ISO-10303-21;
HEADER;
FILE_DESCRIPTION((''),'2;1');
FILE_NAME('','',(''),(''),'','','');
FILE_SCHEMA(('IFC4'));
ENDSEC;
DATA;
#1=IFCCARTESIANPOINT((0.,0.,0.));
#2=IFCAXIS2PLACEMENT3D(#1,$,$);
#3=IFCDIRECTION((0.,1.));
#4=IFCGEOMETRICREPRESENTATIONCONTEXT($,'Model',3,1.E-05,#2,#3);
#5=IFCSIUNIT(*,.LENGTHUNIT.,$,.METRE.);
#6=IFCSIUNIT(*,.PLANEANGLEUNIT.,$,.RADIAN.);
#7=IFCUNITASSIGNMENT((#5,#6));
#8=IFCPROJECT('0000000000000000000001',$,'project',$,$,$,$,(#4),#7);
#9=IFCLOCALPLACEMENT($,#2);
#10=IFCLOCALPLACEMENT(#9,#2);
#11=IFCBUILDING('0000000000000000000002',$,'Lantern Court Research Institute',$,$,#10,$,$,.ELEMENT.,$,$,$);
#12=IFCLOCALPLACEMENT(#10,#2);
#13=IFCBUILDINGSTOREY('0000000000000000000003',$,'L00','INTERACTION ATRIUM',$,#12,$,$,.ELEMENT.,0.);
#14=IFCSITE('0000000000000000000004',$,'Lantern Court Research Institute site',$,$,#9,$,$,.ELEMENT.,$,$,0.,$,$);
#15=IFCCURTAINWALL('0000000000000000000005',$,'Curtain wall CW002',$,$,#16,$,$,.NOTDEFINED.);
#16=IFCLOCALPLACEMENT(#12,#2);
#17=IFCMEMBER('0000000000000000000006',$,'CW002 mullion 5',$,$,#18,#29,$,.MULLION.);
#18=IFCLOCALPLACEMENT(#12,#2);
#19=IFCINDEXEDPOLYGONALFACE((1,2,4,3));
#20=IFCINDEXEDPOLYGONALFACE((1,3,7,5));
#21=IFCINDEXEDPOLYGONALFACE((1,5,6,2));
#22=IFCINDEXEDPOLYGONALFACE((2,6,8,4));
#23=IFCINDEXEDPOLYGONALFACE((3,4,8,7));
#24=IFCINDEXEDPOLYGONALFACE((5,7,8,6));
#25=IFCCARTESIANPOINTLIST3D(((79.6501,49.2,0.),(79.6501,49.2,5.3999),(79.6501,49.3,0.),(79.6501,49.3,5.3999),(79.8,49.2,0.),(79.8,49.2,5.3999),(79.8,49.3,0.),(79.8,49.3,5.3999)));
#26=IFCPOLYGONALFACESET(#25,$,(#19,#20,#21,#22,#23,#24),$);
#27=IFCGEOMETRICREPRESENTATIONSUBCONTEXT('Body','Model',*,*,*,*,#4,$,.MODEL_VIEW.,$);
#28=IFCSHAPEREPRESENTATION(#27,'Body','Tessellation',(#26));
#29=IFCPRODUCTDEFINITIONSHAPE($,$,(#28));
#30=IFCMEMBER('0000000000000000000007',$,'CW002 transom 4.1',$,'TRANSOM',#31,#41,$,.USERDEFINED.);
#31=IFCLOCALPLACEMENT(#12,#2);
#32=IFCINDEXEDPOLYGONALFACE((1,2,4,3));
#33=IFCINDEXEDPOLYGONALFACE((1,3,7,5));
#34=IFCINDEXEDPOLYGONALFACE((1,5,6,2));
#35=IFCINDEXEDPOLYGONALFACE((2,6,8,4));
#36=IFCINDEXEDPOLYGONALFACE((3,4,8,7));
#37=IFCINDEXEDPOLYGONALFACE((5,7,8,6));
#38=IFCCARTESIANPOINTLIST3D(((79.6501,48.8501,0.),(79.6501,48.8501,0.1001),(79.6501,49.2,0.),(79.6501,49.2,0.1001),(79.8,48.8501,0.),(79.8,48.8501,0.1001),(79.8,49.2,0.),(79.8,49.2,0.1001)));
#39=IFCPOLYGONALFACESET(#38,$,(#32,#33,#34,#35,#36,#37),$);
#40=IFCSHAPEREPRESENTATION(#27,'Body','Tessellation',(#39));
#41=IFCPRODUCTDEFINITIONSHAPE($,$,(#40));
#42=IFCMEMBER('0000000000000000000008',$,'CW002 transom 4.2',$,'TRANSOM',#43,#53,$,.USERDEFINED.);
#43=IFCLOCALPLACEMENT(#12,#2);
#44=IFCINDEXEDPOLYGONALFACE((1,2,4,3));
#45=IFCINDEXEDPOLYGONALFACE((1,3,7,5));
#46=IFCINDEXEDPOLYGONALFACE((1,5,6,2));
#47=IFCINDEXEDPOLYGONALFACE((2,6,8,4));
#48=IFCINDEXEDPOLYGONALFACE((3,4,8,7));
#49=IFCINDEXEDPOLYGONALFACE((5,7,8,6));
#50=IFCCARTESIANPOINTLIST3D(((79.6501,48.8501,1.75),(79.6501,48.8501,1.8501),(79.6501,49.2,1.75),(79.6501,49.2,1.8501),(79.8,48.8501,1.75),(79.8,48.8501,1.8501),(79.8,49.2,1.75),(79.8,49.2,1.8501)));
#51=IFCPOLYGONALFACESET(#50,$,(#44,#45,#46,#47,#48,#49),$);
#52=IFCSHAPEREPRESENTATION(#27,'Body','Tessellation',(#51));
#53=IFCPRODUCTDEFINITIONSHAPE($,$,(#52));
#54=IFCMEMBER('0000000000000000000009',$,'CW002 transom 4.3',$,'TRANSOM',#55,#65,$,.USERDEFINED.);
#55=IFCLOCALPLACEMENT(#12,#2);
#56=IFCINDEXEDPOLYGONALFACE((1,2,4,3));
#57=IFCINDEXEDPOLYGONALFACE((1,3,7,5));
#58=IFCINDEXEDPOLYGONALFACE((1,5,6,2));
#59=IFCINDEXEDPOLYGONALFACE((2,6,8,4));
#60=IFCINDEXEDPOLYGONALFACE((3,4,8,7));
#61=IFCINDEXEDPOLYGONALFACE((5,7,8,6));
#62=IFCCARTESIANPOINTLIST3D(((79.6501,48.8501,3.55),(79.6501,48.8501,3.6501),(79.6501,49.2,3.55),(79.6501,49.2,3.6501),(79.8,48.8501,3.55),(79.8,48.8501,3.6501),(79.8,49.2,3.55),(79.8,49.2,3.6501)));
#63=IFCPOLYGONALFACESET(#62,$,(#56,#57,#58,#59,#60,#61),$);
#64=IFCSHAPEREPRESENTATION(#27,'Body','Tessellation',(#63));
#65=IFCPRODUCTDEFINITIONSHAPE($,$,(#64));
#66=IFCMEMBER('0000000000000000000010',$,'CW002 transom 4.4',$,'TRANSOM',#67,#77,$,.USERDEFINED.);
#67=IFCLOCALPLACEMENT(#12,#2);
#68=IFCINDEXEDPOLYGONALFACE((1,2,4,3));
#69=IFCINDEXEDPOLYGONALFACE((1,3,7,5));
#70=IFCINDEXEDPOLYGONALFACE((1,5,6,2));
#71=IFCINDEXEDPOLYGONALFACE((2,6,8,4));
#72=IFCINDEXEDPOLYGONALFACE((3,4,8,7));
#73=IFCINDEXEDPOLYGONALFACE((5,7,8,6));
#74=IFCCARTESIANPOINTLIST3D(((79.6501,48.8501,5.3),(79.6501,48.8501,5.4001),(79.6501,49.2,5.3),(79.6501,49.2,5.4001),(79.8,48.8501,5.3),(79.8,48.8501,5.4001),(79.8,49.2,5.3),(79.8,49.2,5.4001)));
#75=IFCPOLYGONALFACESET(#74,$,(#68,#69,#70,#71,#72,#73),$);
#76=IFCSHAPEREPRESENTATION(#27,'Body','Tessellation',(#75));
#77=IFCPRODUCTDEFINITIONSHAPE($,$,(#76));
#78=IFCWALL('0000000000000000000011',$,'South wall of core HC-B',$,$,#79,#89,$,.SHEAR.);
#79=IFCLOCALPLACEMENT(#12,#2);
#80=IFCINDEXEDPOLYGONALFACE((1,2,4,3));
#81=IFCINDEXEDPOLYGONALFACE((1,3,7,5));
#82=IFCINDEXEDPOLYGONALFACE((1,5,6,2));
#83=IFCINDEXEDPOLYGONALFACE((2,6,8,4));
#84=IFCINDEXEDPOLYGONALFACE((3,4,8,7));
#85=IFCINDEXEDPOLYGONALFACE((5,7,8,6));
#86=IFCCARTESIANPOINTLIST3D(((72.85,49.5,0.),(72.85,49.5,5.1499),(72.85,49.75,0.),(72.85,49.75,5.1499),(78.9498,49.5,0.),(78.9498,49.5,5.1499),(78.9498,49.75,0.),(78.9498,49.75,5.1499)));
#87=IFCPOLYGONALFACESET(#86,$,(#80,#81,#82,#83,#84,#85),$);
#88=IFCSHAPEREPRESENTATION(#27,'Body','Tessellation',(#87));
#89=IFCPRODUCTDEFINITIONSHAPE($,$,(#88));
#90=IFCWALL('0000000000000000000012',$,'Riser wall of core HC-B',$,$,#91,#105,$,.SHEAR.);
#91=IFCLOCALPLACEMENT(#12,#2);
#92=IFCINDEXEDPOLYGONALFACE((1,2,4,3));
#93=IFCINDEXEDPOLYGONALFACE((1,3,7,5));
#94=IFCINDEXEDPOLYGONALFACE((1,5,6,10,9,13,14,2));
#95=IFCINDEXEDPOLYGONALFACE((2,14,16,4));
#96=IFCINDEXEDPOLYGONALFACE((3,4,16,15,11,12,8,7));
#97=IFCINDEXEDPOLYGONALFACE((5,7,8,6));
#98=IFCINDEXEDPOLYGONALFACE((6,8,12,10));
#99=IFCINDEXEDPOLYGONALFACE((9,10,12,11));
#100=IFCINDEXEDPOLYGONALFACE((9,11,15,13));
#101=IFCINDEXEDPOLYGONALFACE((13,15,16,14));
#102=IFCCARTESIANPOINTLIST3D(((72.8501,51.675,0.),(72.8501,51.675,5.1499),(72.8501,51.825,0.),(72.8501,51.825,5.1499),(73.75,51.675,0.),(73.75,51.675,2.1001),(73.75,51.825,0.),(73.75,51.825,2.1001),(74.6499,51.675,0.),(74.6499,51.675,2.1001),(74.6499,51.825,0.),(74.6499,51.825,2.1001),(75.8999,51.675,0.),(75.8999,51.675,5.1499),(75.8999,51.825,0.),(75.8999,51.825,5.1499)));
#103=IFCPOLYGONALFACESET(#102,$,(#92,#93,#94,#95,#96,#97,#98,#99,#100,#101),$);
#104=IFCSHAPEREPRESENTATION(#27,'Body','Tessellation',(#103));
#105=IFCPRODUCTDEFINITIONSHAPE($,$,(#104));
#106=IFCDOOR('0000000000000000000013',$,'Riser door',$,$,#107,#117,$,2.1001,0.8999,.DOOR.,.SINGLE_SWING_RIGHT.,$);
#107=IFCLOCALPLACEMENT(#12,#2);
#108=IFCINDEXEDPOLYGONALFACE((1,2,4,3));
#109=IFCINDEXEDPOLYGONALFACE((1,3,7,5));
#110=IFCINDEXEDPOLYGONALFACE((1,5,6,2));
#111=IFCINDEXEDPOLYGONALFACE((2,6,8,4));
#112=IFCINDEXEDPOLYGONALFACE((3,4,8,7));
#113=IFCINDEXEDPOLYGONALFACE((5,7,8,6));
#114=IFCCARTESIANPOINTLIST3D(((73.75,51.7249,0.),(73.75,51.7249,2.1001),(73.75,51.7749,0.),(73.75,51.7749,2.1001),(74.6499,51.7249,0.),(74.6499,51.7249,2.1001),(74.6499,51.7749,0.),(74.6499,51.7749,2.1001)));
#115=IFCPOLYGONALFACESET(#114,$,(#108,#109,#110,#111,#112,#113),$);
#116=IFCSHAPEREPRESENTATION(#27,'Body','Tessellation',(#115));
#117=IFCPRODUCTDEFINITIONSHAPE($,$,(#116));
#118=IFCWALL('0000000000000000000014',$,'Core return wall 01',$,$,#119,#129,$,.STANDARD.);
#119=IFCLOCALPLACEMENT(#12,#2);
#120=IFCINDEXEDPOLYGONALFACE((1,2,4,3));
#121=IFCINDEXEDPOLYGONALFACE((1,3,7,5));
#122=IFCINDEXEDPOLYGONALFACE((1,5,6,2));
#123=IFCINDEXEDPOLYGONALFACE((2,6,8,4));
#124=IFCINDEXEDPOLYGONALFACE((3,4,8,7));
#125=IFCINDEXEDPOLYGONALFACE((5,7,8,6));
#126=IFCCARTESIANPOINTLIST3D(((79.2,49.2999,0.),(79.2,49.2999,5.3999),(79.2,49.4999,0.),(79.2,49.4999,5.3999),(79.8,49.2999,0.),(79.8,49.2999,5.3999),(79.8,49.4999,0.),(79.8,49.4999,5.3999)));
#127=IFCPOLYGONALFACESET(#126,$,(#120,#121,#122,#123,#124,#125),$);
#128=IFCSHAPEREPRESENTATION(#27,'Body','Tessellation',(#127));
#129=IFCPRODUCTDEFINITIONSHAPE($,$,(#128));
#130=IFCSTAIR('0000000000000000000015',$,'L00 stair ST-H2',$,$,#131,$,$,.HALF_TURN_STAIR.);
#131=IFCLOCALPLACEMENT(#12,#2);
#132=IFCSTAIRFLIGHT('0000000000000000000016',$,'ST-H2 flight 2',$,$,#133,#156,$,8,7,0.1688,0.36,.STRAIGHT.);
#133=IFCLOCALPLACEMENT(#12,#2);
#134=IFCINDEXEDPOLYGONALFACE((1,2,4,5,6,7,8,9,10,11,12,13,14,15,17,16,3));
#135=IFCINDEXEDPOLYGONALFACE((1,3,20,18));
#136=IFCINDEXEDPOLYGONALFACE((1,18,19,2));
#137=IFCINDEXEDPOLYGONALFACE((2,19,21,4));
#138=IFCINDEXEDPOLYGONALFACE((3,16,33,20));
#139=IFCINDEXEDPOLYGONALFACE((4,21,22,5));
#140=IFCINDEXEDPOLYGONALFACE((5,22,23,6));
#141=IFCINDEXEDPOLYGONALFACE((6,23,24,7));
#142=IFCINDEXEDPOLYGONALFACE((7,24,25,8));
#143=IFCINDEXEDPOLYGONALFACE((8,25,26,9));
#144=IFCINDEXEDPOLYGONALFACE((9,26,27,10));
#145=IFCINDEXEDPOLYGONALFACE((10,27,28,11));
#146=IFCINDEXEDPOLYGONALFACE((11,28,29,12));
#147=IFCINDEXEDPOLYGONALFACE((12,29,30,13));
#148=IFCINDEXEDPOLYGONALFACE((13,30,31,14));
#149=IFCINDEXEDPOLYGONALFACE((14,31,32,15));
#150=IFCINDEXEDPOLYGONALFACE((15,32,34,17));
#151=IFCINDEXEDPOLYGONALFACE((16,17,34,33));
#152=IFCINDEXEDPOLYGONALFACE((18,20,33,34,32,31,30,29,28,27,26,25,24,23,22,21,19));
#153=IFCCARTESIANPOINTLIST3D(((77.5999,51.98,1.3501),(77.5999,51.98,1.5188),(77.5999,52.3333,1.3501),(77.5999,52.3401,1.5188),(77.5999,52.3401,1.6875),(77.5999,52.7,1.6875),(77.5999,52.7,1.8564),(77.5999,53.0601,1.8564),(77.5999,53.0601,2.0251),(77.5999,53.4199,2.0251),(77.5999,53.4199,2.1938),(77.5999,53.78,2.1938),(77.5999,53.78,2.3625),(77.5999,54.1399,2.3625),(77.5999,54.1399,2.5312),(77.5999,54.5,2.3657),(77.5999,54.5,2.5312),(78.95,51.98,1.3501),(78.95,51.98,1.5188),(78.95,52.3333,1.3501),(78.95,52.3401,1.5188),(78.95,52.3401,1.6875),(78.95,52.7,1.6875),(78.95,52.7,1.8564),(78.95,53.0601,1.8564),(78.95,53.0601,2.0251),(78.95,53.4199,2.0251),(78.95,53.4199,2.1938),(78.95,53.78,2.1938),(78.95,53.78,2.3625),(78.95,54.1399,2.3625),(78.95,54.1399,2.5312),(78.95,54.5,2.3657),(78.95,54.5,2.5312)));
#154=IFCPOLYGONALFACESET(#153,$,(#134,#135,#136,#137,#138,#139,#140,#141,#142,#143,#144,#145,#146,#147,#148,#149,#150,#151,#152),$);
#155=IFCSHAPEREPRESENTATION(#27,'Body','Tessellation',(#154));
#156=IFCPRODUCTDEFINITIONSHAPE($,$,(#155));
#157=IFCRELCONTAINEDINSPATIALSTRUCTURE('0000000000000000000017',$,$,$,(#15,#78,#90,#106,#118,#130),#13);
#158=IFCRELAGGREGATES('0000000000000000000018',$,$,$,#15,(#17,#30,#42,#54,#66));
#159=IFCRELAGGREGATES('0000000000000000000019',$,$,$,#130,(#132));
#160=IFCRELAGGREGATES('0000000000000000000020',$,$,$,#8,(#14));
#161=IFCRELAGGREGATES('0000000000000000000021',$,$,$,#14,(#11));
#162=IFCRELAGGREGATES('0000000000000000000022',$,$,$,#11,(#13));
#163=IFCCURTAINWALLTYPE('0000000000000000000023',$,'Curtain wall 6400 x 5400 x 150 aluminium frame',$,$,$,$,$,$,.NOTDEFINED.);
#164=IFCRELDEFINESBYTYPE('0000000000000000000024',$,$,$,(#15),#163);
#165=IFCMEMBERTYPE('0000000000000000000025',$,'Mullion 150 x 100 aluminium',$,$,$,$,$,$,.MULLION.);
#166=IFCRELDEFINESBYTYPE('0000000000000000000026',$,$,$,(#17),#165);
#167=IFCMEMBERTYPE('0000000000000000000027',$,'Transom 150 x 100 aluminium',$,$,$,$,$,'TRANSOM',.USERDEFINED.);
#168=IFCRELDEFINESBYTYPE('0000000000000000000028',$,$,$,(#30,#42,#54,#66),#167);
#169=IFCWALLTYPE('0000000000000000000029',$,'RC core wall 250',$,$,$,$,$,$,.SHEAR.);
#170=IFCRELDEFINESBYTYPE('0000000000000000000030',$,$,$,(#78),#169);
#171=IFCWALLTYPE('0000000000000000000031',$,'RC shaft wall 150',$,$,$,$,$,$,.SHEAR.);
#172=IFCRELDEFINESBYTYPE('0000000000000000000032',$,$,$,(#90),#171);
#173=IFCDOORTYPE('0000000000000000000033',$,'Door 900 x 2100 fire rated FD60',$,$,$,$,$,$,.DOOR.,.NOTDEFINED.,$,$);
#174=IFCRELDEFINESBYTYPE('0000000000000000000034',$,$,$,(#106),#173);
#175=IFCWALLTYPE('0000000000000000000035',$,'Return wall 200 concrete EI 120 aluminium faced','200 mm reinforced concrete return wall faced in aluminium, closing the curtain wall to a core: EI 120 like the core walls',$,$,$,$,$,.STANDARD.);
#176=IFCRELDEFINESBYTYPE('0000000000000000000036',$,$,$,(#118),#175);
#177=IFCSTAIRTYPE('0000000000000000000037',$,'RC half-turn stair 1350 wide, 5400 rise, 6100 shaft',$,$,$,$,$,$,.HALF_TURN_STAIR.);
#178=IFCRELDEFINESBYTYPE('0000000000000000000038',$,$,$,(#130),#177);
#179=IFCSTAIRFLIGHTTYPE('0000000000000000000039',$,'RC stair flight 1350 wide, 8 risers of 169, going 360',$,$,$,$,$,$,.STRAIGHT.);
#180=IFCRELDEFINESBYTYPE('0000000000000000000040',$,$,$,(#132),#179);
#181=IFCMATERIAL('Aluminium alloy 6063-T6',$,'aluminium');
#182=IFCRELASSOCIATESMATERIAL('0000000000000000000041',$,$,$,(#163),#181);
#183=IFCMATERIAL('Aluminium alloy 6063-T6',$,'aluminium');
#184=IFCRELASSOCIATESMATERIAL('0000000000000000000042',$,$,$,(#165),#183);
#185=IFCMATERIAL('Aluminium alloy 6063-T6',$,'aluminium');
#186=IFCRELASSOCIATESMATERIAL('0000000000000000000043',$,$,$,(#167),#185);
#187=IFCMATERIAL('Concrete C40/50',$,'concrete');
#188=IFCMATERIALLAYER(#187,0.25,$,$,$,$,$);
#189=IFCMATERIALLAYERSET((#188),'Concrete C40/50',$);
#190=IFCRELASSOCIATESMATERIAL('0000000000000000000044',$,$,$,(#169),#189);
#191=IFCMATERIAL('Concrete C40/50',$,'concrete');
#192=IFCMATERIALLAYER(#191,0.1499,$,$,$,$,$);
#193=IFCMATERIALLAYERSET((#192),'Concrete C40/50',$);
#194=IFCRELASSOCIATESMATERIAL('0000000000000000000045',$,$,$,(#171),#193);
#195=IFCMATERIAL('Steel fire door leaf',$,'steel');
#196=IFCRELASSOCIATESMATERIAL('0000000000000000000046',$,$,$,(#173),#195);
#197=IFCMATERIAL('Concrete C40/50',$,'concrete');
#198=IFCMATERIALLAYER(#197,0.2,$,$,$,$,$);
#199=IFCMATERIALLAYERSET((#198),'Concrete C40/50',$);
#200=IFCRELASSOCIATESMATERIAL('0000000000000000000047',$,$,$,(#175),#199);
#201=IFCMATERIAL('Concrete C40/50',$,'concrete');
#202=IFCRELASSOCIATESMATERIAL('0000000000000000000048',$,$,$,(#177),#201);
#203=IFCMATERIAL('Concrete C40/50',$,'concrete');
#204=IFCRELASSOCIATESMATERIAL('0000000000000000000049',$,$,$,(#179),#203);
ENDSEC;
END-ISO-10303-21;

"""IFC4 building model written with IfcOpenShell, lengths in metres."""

from ifc_helpers import new_model, si_unit, direction, frame, frame_2d, origin, origin_2d, place, context, subcontext, project, spatial, polyline, rectangle, outline, extrude, material, layer, layer_set, material_profile, profile_set, type_object, element, fill, aggregate, save


model = new_model("IFC4")

# Units and contexts
model_context = context("Model", 3, precision=1e-05, world=origin(), true_north=direction((0.0, 1.0)))
body_context = subcontext(model_context, "Body", "Model", "MODEL_VIEW")
ifc_project = project(units=[si_unit("LENGTHUNIT", "METRE"), si_unit("PLANEANGLEUNIT", "RADIAN")], contexts=[model_context])

# Site, building, storey
site_placement = place(None, origin())
site = spatial("IfcSite", under=ifc_project, at=site_placement, Name="Lantern Court Research Institute site", CompositionType="ELEMENT", RefElevation=0.0)
building_placement = place(site_placement, origin())
building = spatial("IfcBuilding", under=site, at=building_placement, Name="Lantern Court Research Institute", CompositionType="ELEMENT")
storey_placement = place(building_placement, origin())
storey = spatial("IfcBuildingStorey", under=building, at=storey_placement, Name="L00", Description="INTERACTION ATRIUM", CompositionType="ELEMENT", Elevation=0.0)

# Curtain wall, members
ifc_material_1 = material(Name="Aluminium alloy 6063-T6", Category="aluminium")
curtain_wall_type = type_object("IfcCurtainWallType", Name="Curtain wall 6400 x 5400 x 150 aluminium frame", PredefinedType="NOTDEFINED", material=ifc_material_1)
curtain_wall_placement = place(storey_placement, origin())
curtain_wall = element("IfcCurtainWall", 1, at=curtain_wall_placement, inside=storey, type_object=curtain_wall_type, Name="Curtain wall CW002", PredefinedType="NOTDEFINED")
ifc_material_2 = material(Name="Aluminium alloy 6063-T6", Category="aluminium")
ifc_material_profile_1 = material_profile(ifc_material_2, rectangle(XDim=0.1499, YDim=0.1001, at=origin_2d()), Name="Mullion 150 x 100")
ifc_profile_set_1 = profile_set([ifc_material_profile_1], Name="Aluminium alloy 6063-T6")
member_type_1 = type_object("IfcMemberType", Name="Mullion 150 x 100 aluminium", PredefinedType="MULLION", material=ifc_profile_set_1)
member_1_placement = place(storey_placement, frame((79.7251, 49.25, 0.0), z_axis=(0.0, 0.0, 1.0), x_axis=(1.0, 0.0, 0.0)))
member_1 = element("IfcMember", 2, at=member_1_placement, type_object=member_type_1, Name="CW002 mullion 5", PredefinedType="MULLION", context=body_context, shape_type="SweptSolid", body=[
    extrude(rectangle(XDim=0.1499, YDim=0.1001, at=origin_2d()), origin(), (0.0, 0.0, 1.0), 5.3999),
])
ifc_material_3 = material(Name="Aluminium alloy 6063-T6", Category="aluminium")
ifc_material_profile_2 = material_profile(ifc_material_3, rectangle(XDim=0.1499, YDim=0.1001, at=origin_2d()), Name="Transom 150 x 100")
ifc_profile_set_2 = profile_set([ifc_material_profile_2], Name="Aluminium alloy 6063-T6")
member_type_2 = type_object("IfcMemberType", Name="Transom 150 x 100 aluminium", ElementType="TRANSOM", PredefinedType="USERDEFINED", material=ifc_profile_set_2)
member_2_placement = place(storey_placement, frame((79.7251, 49.2, 0.05), z_axis=(0.0, -1.0, 0.0), x_axis=(1.0, 0.0, 0.0)))
member_2 = element("IfcMember", 3, at=member_2_placement, type_object=member_type_2, Name="CW002 transom 4.1", ObjectType="TRANSOM", PredefinedType="USERDEFINED", context=body_context, shape_type="SweptSolid", body=[
    extrude(rectangle(XDim=0.1499, YDim=0.1001, at=origin_2d()), origin(), (0.0, 0.0, 1.0), 0.3499),
])
member_3_placement = place(storey_placement, frame((79.7251, 49.2, 1.8), z_axis=(0.0, -1.0, 0.0), x_axis=(1.0, 0.0, 0.0)))
member_3 = element("IfcMember", 4, at=member_3_placement, type_object=member_type_2, Name="CW002 transom 4.2", ObjectType="TRANSOM", PredefinedType="USERDEFINED", context=body_context, shape_type="SweptSolid", body=[
    extrude(rectangle(XDim=0.1499, YDim=0.1001, at=origin_2d()), origin(), (0.0, 0.0, 1.0), 0.3499),
])
member_4_placement = place(storey_placement, frame((79.7251, 49.2, 3.6001), z_axis=(0.0, -1.0, 0.0), x_axis=(1.0, 0.0, 0.0)))
member_4 = element("IfcMember", 5, at=member_4_placement, type_object=member_type_2, Name="CW002 transom 4.3", ObjectType="TRANSOM", PredefinedType="USERDEFINED", context=body_context, shape_type="SweptSolid", body=[
    extrude(rectangle(XDim=0.1499, YDim=0.1001, at=origin_2d()), origin(), (0.0, 0.0, 1.0), 0.3499),
])
member_5_placement = place(storey_placement, frame((79.7251, 49.2, 5.3501), z_axis=(0.0, -1.0, 0.0), x_axis=(1.0, 0.0, 0.0)))
member_5 = element("IfcMember", 6, at=member_5_placement, type_object=member_type_2, Name="CW002 transom 4.4", ObjectType="TRANSOM", PredefinedType="USERDEFINED", context=body_context, shape_type="SweptSolid", body=[
    extrude(rectangle(XDim=0.1499, YDim=0.1001, at=origin_2d()), origin(), (0.0, 0.0, 1.0), 0.3499),
])
aggregate(curtain_wall, [member_1, member_2, member_3, member_4, member_5])

# Wall
ifc_material_4 = material(Name="Concrete C40/50", Category="concrete")
ifc_layer_1 = layer(ifc_material_4, 0.25)
ifc_layer_set_1 = layer_set([ifc_layer_1], Name="Concrete C40/50")
wall_type_1 = type_object("IfcWallType", Name="RC core wall 250", PredefinedType="SHEAR", material=ifc_layer_set_1)
wall_1_placement = place(storey_placement, frame((72.8501, 49.625, 0.0), z_axis=(0.0, 0.0, 1.0), x_axis=(1.0, 0.0, 0.0)))
element("IfcWall", 7, at=wall_1_placement, inside=storey, type_object=wall_type_1, Name="South wall of core HC-B", PredefinedType="SHEAR", context=body_context, shape_type="SweptSolid", body=[
    extrude(rectangle(XDim=6.0999, YDim=0.25, at=frame_2d((3.0498, 0.0))), origin(), (0.0, 0.0, 1.0), 5.1499),
])

# Wall, opening, door
ifc_material_5 = material(Name="Concrete C40/50", Category="concrete")
ifc_layer_2 = layer(ifc_material_5, 0.1499)
ifc_layer_set_2 = layer_set([ifc_layer_2], Name="Concrete C40/50")
wall_type_2 = type_object("IfcWallType", Name="RC shaft wall 150", PredefinedType="SHEAR", material=ifc_layer_set_2)
wall_2_placement = place(storey_placement, frame((72.8501, 51.75, 0.0), z_axis=(0.0, 0.0, 1.0), x_axis=(1.0, 0.0, 0.0)))
wall_2 = element("IfcWall", 8, at=wall_2_placement, inside=storey, type_object=wall_type_2, Name="Riser wall of core HC-B", PredefinedType="SHEAR", context=body_context, shape_type="SweptSolid", body=[
    extrude(rectangle(XDim=3.0498, YDim=0.1499, at=frame_2d((1.5249, 0.0))), origin(), (0.0, 0.0, 1.0), 5.1499),
])
opening_placement = place(wall_2_placement, frame((0.8999, 0.0, 0.0)))
opening = element("IfcOpeningElement", 9, at=opening_placement, cuts=wall_2, PredefinedType="OPENING", context=body_context, shape_type="SweptSolid", body=[
    extrude(rectangle(XDim=0.8999, YDim=2.1001, at=frame_2d((0.45, 1.05))), frame((0.0, 0.085, 0.0), z_axis=(0.0, -1.0, 0.0), x_axis=(1.0, 0.0, 0.0)), (0.0, 0.0, 1.0), 0.1699),
])
ifc_material_6 = material(Name="Steel fire door leaf", Category="steel")
door_type = type_object("IfcDoorType", Name="Door 900 x 2100 fire rated FD60", OperationType="NOTDEFINED", PredefinedType="DOOR", material=ifc_material_6)
door_placement = place(opening_placement, origin())
door = element("IfcDoor", 10, at=door_placement, inside=storey, type_object=door_type, Name="Riser door", OperationType="SINGLE_SWING_RIGHT", OverallHeight=2.1001, OverallWidth=0.8999, PredefinedType="DOOR", context=body_context, shape_type="SweptSolid", body=[
    extrude(rectangle(XDim=0.8999, YDim=2.1001, at=frame_2d((0.45, 1.05))), frame((0.0, 0.0249, 0.0), z_axis=(0.0, -1.0, 0.0), x_axis=(1.0, 0.0, 0.0)), (0.0, 0.0, 1.0), 0.05),
])
fill(opening, door)

# Wall
ifc_material_7 = material(Name="Concrete C40/50", Category="concrete")
ifc_layer_3 = layer(ifc_material_7, 0.2)
ifc_layer_set_3 = layer_set([ifc_layer_3], Name="Concrete C40/50")
wall_type_3 = type_object("IfcWallType", Name="Return wall 200 concrete EI 120 aluminium faced", Description="200 mm reinforced concrete return wall faced in aluminium, closing the curtain wall to a core: EI 120 like the core walls", PredefinedType="STANDARD", material=ifc_layer_set_3)
wall_3_placement = place(storey_placement, frame((79.2, 49.3999, 0.0), z_axis=(0.0, 0.0, 1.0), x_axis=(1.0, 0.0, 0.0)))
element("IfcWall", 11, at=wall_3_placement, inside=storey, type_object=wall_type_3, Name="Core return wall 01", PredefinedType="STANDARD", context=body_context, shape_type="SweptSolid", body=[
    extrude(rectangle(XDim=0.6001, YDim=0.2, at=frame_2d((0.3, 0.0))), origin(), (0.0, 0.0, 1.0), 5.3999),
])

# Stair, stair flight
ifc_material_8 = material(Name="Concrete C40/50", Category="concrete")
stair_type = type_object("IfcStairType", Name="RC half-turn stair 1350 wide, 5400 rise, 6100 shaft", PredefinedType="HALF_TURN_STAIR", material=ifc_material_8)
stair_placement = place(storey_placement, origin())
stair = element("IfcStair", 12, at=stair_placement, inside=storey, type_object=stair_type, Name="L00 stair ST-H2", PredefinedType="HALF_TURN_STAIR")
ifc_material_9 = material(Name="Concrete C40/50", Category="concrete")
stair_flight_type = type_object("IfcStairFlightType", Name="RC stair flight 1350 wide, 8 risers of 169, going 360", PredefinedType="STRAIGHT", material=ifc_material_9)
stair_flight_1_placement = place(storey_placement, frame((78.2749, 51.98, 1.3501), z_axis=(0.0, 0.0, 1.0), x_axis=(0.0, 1.0, 0.0)))
stair_flight_1 = element("IfcStairFlight", 13, at=stair_flight_1_placement, type_object=stair_flight_type, Name="ST-H2 flight 2", NumberOfRisers=8, NumberOfTreads=7, PredefinedType="STRAIGHT", RiserHeight=0.1688, TreadLength=0.36, context=body_context, shape_type="SweptSolid", body=[
    extrude(outline(polyline([(0.0, 0.0), (0.0, 0.1687), (0.3601, 0.1687), (0.3601, 0.3374), (0.72, 0.3374), (0.72, 0.5063), (1.0801, 0.5063), (1.0801, 0.675), (1.4399, 0.675), (1.4399, 0.8438), (1.8, 0.8438), (1.8, 1.0125), (2.1599, 1.0125), (2.1599, 1.1812), (2.52, 1.1812), (2.52, 1.3501), (2.52, 1.0156), (0.3533, 0.0), (0.0, 0.0)])), frame((0.0, 0.675, 0.0), z_axis=(0.0, -1.0, 0.0), x_axis=(1.0, 0.0, 0.0)), (0.0, 0.0, 1.0), 1.3501),
])
aggregate(stair, [stair_flight_1])

save(model, "model.ifc")
